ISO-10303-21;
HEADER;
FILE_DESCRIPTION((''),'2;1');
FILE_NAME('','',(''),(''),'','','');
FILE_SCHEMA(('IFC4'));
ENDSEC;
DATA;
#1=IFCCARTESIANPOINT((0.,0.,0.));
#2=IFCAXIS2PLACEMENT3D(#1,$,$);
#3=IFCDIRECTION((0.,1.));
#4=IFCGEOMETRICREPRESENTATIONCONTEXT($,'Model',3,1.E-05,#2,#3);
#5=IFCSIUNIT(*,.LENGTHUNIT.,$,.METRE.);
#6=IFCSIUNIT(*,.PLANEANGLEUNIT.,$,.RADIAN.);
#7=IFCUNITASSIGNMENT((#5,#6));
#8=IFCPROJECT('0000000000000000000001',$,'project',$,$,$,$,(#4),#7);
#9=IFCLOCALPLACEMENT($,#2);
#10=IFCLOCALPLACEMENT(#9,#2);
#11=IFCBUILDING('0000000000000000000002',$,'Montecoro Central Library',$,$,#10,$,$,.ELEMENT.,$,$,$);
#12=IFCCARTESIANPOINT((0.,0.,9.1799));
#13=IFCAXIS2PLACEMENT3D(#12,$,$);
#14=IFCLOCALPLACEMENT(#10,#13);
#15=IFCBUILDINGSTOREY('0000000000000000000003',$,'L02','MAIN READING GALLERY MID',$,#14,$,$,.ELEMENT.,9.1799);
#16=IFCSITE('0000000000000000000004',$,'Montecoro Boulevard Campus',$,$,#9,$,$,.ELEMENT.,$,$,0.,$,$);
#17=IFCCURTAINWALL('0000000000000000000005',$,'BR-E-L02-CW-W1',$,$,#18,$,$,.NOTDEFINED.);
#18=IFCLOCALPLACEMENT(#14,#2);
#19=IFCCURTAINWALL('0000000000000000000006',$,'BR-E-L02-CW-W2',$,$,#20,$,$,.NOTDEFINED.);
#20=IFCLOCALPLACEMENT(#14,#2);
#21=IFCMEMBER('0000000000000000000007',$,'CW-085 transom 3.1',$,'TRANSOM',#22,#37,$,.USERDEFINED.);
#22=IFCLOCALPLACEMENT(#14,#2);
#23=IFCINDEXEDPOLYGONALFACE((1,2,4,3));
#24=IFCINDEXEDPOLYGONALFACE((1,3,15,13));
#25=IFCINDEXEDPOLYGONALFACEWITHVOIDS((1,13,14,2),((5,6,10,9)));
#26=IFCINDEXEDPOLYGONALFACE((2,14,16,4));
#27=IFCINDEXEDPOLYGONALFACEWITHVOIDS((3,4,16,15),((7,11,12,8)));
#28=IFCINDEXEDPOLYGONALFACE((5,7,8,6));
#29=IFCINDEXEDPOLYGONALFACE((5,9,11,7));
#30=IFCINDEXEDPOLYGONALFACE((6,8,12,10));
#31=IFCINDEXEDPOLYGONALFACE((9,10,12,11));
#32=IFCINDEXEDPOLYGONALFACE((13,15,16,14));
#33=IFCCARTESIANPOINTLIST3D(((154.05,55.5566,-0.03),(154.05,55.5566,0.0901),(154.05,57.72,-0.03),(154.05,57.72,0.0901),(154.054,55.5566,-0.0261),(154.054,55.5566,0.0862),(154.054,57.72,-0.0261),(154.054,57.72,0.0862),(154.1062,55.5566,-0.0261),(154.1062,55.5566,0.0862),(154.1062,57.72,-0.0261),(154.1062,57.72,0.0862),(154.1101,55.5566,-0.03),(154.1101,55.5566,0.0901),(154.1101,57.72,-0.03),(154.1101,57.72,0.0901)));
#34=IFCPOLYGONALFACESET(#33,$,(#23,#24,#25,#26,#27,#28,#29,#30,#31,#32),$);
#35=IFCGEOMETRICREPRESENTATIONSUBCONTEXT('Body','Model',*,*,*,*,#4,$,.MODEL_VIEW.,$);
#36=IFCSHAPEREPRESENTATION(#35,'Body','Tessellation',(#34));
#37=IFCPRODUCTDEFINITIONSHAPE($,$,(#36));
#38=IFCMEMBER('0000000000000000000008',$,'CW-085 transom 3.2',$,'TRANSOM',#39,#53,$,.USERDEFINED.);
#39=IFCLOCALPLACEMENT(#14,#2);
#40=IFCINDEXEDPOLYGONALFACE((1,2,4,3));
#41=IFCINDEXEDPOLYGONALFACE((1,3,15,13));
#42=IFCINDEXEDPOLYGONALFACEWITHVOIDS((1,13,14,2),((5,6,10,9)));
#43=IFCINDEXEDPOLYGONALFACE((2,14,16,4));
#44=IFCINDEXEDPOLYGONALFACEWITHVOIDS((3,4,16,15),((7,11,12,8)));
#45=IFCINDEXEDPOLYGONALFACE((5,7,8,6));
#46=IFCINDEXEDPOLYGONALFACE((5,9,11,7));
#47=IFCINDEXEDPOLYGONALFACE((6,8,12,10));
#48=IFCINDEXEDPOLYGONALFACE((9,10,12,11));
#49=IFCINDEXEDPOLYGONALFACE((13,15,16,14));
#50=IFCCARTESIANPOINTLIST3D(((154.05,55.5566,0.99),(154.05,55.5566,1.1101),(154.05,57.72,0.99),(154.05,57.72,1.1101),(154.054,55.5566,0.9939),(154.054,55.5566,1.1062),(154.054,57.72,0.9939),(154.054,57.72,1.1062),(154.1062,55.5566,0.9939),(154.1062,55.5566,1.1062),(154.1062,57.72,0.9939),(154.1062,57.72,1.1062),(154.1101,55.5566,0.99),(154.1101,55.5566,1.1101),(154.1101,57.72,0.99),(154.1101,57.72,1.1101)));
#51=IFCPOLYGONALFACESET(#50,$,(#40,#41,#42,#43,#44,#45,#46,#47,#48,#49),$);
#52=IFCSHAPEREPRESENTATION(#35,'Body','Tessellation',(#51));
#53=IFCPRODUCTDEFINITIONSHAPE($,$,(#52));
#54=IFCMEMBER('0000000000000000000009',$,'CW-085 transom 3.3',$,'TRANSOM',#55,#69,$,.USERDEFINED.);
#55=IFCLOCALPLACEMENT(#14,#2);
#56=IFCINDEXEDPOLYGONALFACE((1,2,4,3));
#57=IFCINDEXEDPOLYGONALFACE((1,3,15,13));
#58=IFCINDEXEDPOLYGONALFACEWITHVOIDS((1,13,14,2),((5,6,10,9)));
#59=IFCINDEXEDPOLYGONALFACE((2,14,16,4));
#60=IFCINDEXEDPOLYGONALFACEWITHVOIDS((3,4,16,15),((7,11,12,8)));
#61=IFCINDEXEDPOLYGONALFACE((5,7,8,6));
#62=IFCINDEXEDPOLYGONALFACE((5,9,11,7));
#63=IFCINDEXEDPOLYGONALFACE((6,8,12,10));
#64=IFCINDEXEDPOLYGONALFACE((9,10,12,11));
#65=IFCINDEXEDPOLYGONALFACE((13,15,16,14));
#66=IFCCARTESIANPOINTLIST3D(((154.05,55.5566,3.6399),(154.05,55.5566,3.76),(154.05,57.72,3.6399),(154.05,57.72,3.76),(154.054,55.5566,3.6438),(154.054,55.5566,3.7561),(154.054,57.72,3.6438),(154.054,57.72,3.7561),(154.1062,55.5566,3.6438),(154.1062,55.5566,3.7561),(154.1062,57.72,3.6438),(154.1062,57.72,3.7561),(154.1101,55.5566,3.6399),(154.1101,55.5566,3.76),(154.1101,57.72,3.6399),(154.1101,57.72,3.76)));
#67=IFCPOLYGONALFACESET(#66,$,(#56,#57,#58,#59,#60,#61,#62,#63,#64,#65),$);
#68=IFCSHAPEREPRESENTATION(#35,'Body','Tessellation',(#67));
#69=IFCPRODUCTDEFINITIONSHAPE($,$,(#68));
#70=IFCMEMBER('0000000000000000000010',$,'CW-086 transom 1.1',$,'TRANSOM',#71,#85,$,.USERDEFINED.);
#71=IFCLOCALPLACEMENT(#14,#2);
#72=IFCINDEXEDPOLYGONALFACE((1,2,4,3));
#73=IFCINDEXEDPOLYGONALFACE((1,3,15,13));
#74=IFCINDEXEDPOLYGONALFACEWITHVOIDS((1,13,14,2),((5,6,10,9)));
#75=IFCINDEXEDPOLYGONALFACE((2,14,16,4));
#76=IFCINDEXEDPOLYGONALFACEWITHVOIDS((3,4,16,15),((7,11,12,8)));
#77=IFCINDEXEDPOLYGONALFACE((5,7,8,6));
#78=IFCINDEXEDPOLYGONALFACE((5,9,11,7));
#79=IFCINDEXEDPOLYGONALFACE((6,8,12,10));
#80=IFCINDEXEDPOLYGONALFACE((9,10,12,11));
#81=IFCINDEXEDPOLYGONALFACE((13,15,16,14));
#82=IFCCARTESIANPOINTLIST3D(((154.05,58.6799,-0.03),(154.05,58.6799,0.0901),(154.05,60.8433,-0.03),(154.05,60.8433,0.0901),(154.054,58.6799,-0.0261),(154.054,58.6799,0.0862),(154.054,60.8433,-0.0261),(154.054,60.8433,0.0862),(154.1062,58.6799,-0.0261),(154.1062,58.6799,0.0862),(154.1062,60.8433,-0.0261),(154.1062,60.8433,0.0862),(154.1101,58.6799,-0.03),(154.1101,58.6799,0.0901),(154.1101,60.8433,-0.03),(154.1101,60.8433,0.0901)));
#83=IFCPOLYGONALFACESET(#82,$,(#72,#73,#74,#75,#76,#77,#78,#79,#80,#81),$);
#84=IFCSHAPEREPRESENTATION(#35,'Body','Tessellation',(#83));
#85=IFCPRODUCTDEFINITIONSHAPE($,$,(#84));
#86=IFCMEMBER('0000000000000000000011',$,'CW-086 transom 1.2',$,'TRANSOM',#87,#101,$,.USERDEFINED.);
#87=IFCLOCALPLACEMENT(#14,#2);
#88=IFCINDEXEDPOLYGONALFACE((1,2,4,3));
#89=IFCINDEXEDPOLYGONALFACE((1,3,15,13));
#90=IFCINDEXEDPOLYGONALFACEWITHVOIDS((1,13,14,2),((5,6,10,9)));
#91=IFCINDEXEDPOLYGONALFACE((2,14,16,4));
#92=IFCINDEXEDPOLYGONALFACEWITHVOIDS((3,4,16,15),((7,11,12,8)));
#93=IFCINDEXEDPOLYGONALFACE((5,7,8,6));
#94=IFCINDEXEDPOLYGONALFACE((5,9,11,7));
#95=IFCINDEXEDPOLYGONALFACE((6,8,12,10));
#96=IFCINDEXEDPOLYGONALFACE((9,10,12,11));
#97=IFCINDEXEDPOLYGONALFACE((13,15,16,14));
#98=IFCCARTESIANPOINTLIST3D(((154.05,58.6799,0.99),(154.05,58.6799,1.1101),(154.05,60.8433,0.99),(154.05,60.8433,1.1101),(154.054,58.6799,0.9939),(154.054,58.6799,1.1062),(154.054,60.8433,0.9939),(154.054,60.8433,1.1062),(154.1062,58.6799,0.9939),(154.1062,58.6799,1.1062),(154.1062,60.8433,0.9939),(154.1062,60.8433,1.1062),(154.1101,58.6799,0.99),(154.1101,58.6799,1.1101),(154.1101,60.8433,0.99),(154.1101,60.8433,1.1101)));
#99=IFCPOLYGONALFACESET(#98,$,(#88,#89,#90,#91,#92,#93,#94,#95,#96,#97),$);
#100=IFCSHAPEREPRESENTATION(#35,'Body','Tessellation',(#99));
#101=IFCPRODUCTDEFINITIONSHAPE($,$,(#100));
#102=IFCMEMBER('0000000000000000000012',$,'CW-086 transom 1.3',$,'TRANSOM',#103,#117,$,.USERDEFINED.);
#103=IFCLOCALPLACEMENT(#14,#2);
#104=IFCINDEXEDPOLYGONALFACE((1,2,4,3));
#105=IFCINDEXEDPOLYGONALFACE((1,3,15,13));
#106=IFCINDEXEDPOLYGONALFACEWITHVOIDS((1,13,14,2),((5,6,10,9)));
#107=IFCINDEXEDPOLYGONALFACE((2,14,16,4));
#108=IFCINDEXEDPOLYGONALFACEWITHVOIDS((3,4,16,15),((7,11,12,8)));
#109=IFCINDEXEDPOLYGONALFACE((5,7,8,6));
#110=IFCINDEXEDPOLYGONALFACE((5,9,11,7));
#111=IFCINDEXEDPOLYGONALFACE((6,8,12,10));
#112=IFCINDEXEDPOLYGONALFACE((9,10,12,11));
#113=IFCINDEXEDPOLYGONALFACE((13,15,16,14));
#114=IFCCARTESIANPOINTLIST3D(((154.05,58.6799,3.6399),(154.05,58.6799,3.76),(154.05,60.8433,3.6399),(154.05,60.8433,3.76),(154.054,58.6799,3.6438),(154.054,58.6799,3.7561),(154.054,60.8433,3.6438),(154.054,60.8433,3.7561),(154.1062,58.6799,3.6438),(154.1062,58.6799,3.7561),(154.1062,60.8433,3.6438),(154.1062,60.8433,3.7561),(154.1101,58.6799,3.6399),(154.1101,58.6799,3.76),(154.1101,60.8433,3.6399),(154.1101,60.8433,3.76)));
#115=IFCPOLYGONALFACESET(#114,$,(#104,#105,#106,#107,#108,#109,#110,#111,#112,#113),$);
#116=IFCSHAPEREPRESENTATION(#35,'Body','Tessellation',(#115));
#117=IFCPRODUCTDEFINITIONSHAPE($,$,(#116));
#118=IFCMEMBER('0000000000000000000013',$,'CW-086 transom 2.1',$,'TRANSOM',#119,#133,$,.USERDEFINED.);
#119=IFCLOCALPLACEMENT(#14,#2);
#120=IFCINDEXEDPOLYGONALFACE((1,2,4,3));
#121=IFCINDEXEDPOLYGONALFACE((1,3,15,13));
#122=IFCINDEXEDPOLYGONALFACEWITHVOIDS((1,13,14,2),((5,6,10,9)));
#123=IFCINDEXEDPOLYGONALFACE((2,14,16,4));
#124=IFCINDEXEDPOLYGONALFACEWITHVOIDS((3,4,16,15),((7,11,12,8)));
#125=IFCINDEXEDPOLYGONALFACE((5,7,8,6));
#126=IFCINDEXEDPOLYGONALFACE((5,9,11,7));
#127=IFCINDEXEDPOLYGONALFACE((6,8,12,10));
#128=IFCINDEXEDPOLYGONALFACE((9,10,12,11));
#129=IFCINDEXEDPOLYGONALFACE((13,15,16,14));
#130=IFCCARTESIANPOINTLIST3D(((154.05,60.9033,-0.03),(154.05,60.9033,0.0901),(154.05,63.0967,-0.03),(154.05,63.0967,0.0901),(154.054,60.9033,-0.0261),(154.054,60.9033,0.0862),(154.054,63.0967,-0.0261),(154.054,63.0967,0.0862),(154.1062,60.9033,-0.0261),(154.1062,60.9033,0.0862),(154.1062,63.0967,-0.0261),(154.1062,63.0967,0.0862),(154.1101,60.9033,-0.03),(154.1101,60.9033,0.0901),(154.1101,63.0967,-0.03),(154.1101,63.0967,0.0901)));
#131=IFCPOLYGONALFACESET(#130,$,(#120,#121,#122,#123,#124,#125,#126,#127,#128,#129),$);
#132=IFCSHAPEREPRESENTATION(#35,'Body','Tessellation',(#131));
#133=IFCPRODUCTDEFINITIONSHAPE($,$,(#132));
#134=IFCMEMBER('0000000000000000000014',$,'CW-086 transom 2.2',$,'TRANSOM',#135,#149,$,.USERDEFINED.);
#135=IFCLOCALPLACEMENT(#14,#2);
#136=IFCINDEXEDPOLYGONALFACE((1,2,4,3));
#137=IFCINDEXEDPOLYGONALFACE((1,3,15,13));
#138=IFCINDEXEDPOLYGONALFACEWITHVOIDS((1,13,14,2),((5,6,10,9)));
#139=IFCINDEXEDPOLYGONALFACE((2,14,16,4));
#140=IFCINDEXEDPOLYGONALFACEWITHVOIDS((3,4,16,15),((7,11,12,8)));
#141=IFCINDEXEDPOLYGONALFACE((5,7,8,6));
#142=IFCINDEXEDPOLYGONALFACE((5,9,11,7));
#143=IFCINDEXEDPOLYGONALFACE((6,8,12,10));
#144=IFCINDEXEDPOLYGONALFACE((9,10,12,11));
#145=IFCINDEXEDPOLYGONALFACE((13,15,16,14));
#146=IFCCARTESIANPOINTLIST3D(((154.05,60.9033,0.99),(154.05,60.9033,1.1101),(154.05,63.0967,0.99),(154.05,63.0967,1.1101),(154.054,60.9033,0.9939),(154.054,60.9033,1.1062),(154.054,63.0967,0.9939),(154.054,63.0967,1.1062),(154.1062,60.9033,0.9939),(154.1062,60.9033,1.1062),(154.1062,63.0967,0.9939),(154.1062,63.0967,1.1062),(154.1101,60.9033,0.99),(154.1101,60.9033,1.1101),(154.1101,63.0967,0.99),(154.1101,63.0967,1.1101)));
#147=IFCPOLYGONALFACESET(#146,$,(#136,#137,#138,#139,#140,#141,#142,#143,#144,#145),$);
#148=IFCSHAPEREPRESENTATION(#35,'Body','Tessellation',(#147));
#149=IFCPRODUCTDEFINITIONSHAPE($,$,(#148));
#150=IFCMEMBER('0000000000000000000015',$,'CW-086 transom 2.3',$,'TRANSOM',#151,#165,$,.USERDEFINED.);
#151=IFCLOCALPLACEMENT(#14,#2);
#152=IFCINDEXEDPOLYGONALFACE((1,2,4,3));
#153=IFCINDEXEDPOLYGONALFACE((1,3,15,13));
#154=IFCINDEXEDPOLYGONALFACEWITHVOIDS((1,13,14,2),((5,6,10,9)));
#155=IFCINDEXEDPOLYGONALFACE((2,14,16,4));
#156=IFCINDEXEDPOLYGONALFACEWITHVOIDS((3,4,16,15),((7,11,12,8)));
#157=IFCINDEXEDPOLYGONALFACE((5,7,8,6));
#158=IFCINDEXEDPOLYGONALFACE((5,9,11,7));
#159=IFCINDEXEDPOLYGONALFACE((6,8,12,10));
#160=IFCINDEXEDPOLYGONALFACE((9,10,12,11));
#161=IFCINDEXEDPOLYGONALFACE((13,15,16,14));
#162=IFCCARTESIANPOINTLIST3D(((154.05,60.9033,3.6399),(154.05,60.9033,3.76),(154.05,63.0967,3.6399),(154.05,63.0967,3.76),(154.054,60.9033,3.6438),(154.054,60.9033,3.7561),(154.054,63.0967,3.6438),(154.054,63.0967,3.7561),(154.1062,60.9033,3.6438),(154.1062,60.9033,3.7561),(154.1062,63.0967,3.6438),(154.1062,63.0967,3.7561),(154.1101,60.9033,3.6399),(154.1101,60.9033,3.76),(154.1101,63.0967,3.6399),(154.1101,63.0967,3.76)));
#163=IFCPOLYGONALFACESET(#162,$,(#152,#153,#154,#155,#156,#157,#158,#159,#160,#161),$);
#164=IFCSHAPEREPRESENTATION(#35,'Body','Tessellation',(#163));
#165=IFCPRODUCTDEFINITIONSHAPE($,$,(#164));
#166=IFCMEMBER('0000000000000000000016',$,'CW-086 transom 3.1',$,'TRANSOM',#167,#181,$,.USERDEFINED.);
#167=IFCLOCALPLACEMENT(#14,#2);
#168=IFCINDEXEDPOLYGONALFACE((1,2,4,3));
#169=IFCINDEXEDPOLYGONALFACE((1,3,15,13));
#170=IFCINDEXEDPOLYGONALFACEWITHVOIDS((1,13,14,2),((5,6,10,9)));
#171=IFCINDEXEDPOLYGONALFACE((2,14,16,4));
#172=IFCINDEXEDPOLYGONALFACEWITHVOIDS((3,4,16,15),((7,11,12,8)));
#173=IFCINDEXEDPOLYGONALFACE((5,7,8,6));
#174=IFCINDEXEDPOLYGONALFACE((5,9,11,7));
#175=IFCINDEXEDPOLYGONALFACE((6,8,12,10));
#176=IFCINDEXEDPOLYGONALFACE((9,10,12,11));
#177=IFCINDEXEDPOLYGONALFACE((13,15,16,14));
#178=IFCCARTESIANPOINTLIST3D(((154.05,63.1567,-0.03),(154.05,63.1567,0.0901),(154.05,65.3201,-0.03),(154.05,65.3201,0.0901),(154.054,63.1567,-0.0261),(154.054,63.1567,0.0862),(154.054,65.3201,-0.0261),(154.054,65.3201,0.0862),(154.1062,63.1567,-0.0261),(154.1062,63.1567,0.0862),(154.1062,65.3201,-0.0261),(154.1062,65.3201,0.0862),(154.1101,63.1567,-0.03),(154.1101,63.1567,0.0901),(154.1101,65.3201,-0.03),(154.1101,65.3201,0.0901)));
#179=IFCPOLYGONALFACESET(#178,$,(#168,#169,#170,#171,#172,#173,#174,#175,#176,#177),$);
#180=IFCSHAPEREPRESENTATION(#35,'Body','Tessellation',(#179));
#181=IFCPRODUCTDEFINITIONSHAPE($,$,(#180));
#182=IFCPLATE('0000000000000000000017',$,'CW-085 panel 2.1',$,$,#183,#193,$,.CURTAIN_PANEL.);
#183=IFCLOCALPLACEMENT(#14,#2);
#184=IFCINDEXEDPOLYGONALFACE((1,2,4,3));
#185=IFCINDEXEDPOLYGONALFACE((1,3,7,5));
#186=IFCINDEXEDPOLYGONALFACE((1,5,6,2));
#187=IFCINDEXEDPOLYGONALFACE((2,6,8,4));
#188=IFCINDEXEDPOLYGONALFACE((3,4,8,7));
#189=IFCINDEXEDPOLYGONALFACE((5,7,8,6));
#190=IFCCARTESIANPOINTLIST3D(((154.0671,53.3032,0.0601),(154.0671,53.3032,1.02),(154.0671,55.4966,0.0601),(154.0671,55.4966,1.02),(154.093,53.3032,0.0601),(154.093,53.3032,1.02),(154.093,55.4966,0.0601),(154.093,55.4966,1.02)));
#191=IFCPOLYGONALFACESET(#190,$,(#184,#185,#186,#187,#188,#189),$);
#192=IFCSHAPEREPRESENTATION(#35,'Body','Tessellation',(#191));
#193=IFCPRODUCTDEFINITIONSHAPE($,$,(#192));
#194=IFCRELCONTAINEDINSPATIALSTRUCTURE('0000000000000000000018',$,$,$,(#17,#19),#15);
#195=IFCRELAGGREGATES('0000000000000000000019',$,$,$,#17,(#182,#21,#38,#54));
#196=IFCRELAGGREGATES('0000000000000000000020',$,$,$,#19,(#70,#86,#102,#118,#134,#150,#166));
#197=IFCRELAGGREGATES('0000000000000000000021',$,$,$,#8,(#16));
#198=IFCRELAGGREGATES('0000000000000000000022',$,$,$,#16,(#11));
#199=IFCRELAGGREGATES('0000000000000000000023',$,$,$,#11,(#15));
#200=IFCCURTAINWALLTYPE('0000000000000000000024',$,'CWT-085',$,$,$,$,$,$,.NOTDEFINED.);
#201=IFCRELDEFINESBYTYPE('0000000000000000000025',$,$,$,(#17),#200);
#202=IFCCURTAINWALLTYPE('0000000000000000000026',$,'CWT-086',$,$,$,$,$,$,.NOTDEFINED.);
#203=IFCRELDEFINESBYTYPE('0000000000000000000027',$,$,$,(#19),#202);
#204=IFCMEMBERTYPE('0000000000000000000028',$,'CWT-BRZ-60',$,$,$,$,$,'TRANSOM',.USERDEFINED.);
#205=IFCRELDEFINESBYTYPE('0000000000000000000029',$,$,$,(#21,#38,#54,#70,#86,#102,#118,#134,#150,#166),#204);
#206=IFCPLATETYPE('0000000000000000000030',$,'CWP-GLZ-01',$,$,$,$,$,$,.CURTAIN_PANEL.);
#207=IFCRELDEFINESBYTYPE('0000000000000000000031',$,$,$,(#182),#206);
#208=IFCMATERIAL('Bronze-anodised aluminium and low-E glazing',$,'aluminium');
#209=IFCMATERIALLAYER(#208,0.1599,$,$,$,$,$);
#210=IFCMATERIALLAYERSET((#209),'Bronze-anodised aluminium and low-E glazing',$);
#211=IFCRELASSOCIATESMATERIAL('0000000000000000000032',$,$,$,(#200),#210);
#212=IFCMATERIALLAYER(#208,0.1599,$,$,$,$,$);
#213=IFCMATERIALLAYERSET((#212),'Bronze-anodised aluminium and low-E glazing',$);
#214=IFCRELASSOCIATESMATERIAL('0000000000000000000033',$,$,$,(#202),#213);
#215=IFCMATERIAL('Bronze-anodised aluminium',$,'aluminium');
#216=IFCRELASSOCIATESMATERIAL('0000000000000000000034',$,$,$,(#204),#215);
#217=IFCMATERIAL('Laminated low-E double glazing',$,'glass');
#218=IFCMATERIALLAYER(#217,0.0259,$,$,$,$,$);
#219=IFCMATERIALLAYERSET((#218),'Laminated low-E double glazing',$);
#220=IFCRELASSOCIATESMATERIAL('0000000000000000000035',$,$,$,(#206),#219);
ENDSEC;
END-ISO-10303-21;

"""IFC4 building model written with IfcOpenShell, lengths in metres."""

from ifc_helpers import new_model, si_unit, direction, frame, origin, origin_2d, place, context, subcontext, project, spatial, rectangle, hollow_rectangle, extrude, material, layer, layer_set, material_profile, profile_set, type_object, element, aggregate, save


model = new_model("IFC4")

# Units and contexts
model_context = context("Model", 3, precision=1e-05, world=origin(), true_north=direction((0.0, 1.0)))
body_context = subcontext(model_context, "Body", "Model", "MODEL_VIEW")
ifc_project = project(units=[si_unit("LENGTHUNIT", "METRE"), si_unit("PLANEANGLEUNIT", "RADIAN")], contexts=[model_context])

# Site, building, storey
site_placement = place(None, origin())
site = spatial("IfcSite", under=ifc_project, at=site_placement, Name="Montecoro Boulevard Campus", CompositionType="ELEMENT", RefElevation=0.0)
building_placement = place(site_placement, origin())
building = spatial("IfcBuilding", under=site, at=building_placement, Name="Montecoro Central Library", CompositionType="ELEMENT")
storey_placement = place(building_placement, frame((0.0, 0.0, 9.1799)))
storey = spatial("IfcBuildingStorey", under=building, at=storey_placement, Name="L02", Description="MAIN READING GALLERY MID", CompositionType="ELEMENT", Elevation=9.1799)

# Curtain walls
ifc_material_1 = material(Name="Bronze-anodised aluminium and low-E glazing", Category="aluminium")
ifc_layer_1 = layer(ifc_material_1, 0.1599)
ifc_layer_set_1 = layer_set([ifc_layer_1], Name="Bronze-anodised aluminium and low-E glazing")
curtain_wall_type_1 = type_object("IfcCurtainWallType", Name="CWT-085", PredefinedType="NOTDEFINED", material=ifc_layer_set_1)
curtain_wall_1_placement = place(storey_placement, origin())
curtain_wall_1 = element("IfcCurtainWall", 1, at=curtain_wall_1_placement, inside=storey, type_object=curtain_wall_type_1, Name="BR-E-L02-CW-W1", PredefinedType="NOTDEFINED")
ifc_material_2 = material(Name="Bronze-anodised aluminium", Category="aluminium")
ifc_layer_2 = layer(ifc_material_1, 0.1599)
ifc_layer_set_2 = layer_set([ifc_layer_2], Name="Bronze-anodised aluminium and low-E glazing")
curtain_wall_type_2 = type_object("IfcCurtainWallType", Name="CWT-086", PredefinedType="NOTDEFINED", material=ifc_layer_set_2)
curtain_wall_2_placement = place(storey_placement, origin())
curtain_wall_2 = element("IfcCurtainWall", 2, at=curtain_wall_2_placement, inside=storey, type_object=curtain_wall_type_2, Name="BR-E-L02-CW-W2", PredefinedType="NOTDEFINED")

# Members
ifc_material_profile_1 = material_profile(ifc_material_2, hollow_rectangle(XDim=0.0601, YDim=0.1201, WallThickness=0.0039, at=origin_2d()), Name="CWT 120x60x4.0")
ifc_profile_set_1 = profile_set([ifc_material_profile_1], Name="Bronze-anodised aluminium")
member_type_1 = type_object("IfcMemberType", Name="CWT-BRZ-60", ElementType="TRANSOM", PredefinedType="USERDEFINED", material=ifc_profile_set_1)
member_1_placement = place(storey_placement, frame((154.0801, 55.5566, 0.03), z_axis=(0.0, 1.0, 0.0), x_axis=(-1.0, 0.0, 0.0)))
member_1 = element("IfcMember", 3, at=member_1_placement, type_object=member_type_1, Name="CW-085 transom 3.1", ObjectType="TRANSOM", PredefinedType="USERDEFINED", context=body_context, shape_type="SweptSolid", body=[
    extrude(hollow_rectangle(XDim=0.0601, YDim=0.1201, WallThickness=0.0039, at=origin_2d()), origin(), (0.0, 0.0, 1.0), 2.1633),
])
member_2_placement = place(storey_placement, frame((154.0801, 55.5566, 1.05), z_axis=(0.0, 1.0, 0.0), x_axis=(-1.0, 0.0, 0.0)))
member_2 = element("IfcMember", 4, at=member_2_placement, type_object=member_type_1, Name="CW-085 transom 3.2", ObjectType="TRANSOM", PredefinedType="USERDEFINED", context=body_context, shape_type="SweptSolid", body=[
    extrude(hollow_rectangle(XDim=0.0601, YDim=0.1201, WallThickness=0.0039, at=origin_2d()), origin(), (0.0, 0.0, 1.0), 2.1633),
])
member_3_placement = place(storey_placement, frame((154.0801, 55.5566, 3.7), z_axis=(0.0, 1.0, 0.0), x_axis=(-1.0, 0.0, 0.0)))
member_3 = element("IfcMember", 5, at=member_3_placement, type_object=member_type_1, Name="CW-085 transom 3.3", ObjectType="TRANSOM", PredefinedType="USERDEFINED", context=body_context, shape_type="SweptSolid", body=[
    extrude(hollow_rectangle(XDim=0.0601, YDim=0.1201, WallThickness=0.0039, at=origin_2d()), origin(), (0.0, 0.0, 1.0), 2.1633),
])
member_4_placement = place(storey_placement, frame((154.0801, 58.6799, 0.03), z_axis=(0.0, 1.0, 0.0), x_axis=(-1.0, 0.0, 0.0)))
member_4 = element("IfcMember", 6, at=member_4_placement, type_object=member_type_1, Name="CW-086 transom 1.1", ObjectType="TRANSOM", PredefinedType="USERDEFINED", context=body_context, shape_type="SweptSolid", body=[
    extrude(hollow_rectangle(XDim=0.0601, YDim=0.1201, WallThickness=0.0039, at=origin_2d()), origin(), (0.0, 0.0, 1.0), 2.1633),
])
member_5_placement = place(storey_placement, frame((154.0801, 58.6799, 1.05), z_axis=(0.0, 1.0, 0.0), x_axis=(-1.0, 0.0, 0.0)))
member_5 = element("IfcMember", 7, at=member_5_placement, type_object=member_type_1, Name="CW-086 transom 1.2", ObjectType="TRANSOM", PredefinedType="USERDEFINED", context=body_context, shape_type="SweptSolid", body=[
    extrude(hollow_rectangle(XDim=0.0601, YDim=0.1201, WallThickness=0.0039, at=origin_2d()), origin(), (0.0, 0.0, 1.0), 2.1633),
])
member_6_placement = place(storey_placement, frame((154.0801, 58.6799, 3.7), z_axis=(0.0, 1.0, 0.0), x_axis=(-1.0, 0.0, 0.0)))
member_6 = element("IfcMember", 8, at=member_6_placement, type_object=member_type_1, Name="CW-086 transom 1.3", ObjectType="TRANSOM", PredefinedType="USERDEFINED", context=body_context, shape_type="SweptSolid", body=[
    extrude(hollow_rectangle(XDim=0.0601, YDim=0.1201, WallThickness=0.0039, at=origin_2d()), origin(), (0.0, 0.0, 1.0), 2.1633),
])
member_7_placement = place(storey_placement, frame((154.0801, 60.9033, 0.03), z_axis=(0.0, 1.0, 0.0), x_axis=(-1.0, 0.0, 0.0)))
member_7 = element("IfcMember", 9, at=member_7_placement, type_object=member_type_1, Name="CW-086 transom 2.1", ObjectType="TRANSOM", PredefinedType="USERDEFINED", context=body_context, shape_type="SweptSolid", body=[
    extrude(hollow_rectangle(XDim=0.0601, YDim=0.1201, WallThickness=0.0039, at=origin_2d()), origin(), (0.0, 0.0, 1.0), 2.1934),
])
member_8_placement = place(storey_placement, frame((154.0801, 60.9033, 1.05), z_axis=(0.0, 1.0, 0.0), x_axis=(-1.0, 0.0, 0.0)))
member_8 = element("IfcMember", 10, at=member_8_placement, type_object=member_type_1, Name="CW-086 transom 2.2", ObjectType="TRANSOM", PredefinedType="USERDEFINED", context=body_context, shape_type="SweptSolid", body=[
    extrude(hollow_rectangle(XDim=0.0601, YDim=0.1201, WallThickness=0.0039, at=origin_2d()), origin(), (0.0, 0.0, 1.0), 2.1934),
])
member_9_placement = place(storey_placement, frame((154.0801, 60.9033, 3.7), z_axis=(0.0, 1.0, 0.0), x_axis=(-1.0, 0.0, 0.0)))
member_9 = element("IfcMember", 11, at=member_9_placement, type_object=member_type_1, Name="CW-086 transom 2.3", ObjectType="TRANSOM", PredefinedType="USERDEFINED", context=body_context, shape_type="SweptSolid", body=[
    extrude(hollow_rectangle(XDim=0.0601, YDim=0.1201, WallThickness=0.0039, at=origin_2d()), origin(), (0.0, 0.0, 1.0), 2.1934),
])
member_10_placement = place(storey_placement, frame((154.0801, 63.1567, 0.03), z_axis=(0.0, 1.0, 0.0), x_axis=(-1.0, 0.0, 0.0)))
member_10 = element("IfcMember", 12, at=member_10_placement, type_object=member_type_1, Name="CW-086 transom 3.1", ObjectType="TRANSOM", PredefinedType="USERDEFINED", context=body_context, shape_type="SweptSolid", body=[
    extrude(hollow_rectangle(XDim=0.0601, YDim=0.1201, WallThickness=0.0039, at=origin_2d()), origin(), (0.0, 0.0, 1.0), 2.1633),
])

# Plate
ifc_material_3 = material(Name="Laminated low-E double glazing", Category="glass")
ifc_layer_3 = layer(ifc_material_3, 0.0259)
ifc_layer_set_3 = layer_set([ifc_layer_3], Name="Laminated low-E double glazing")
plate_type = type_object("IfcPlateType", Name="CWP-GLZ-01", PredefinedType="CURTAIN_PANEL", material=ifc_layer_set_3)
plate_1_placement = place(storey_placement, frame((154.0801, 54.3999, 0.0601), z_axis=(0.0, 0.0, 1.0), x_axis=(0.0, 1.0, 0.0)))
plate_1 = element("IfcPlate", 13, at=plate_1_placement, type_object=plate_type, Name="CW-085 panel 2.1", PredefinedType="CURTAIN_PANEL", context=body_context, shape_type="SweptSolid", body=[
    extrude(rectangle(XDim=2.1934, YDim=0.0259, at=origin_2d()), origin(), (0.0, 0.0, 1.0), 0.96),
])
aggregate(curtain_wall_1, [plate_1, member_1, member_2, member_3])
aggregate(curtain_wall_2, [member_4, member_5, member_6, member_7, member_8, member_9, member_10])

save(model, "model.ifc")
